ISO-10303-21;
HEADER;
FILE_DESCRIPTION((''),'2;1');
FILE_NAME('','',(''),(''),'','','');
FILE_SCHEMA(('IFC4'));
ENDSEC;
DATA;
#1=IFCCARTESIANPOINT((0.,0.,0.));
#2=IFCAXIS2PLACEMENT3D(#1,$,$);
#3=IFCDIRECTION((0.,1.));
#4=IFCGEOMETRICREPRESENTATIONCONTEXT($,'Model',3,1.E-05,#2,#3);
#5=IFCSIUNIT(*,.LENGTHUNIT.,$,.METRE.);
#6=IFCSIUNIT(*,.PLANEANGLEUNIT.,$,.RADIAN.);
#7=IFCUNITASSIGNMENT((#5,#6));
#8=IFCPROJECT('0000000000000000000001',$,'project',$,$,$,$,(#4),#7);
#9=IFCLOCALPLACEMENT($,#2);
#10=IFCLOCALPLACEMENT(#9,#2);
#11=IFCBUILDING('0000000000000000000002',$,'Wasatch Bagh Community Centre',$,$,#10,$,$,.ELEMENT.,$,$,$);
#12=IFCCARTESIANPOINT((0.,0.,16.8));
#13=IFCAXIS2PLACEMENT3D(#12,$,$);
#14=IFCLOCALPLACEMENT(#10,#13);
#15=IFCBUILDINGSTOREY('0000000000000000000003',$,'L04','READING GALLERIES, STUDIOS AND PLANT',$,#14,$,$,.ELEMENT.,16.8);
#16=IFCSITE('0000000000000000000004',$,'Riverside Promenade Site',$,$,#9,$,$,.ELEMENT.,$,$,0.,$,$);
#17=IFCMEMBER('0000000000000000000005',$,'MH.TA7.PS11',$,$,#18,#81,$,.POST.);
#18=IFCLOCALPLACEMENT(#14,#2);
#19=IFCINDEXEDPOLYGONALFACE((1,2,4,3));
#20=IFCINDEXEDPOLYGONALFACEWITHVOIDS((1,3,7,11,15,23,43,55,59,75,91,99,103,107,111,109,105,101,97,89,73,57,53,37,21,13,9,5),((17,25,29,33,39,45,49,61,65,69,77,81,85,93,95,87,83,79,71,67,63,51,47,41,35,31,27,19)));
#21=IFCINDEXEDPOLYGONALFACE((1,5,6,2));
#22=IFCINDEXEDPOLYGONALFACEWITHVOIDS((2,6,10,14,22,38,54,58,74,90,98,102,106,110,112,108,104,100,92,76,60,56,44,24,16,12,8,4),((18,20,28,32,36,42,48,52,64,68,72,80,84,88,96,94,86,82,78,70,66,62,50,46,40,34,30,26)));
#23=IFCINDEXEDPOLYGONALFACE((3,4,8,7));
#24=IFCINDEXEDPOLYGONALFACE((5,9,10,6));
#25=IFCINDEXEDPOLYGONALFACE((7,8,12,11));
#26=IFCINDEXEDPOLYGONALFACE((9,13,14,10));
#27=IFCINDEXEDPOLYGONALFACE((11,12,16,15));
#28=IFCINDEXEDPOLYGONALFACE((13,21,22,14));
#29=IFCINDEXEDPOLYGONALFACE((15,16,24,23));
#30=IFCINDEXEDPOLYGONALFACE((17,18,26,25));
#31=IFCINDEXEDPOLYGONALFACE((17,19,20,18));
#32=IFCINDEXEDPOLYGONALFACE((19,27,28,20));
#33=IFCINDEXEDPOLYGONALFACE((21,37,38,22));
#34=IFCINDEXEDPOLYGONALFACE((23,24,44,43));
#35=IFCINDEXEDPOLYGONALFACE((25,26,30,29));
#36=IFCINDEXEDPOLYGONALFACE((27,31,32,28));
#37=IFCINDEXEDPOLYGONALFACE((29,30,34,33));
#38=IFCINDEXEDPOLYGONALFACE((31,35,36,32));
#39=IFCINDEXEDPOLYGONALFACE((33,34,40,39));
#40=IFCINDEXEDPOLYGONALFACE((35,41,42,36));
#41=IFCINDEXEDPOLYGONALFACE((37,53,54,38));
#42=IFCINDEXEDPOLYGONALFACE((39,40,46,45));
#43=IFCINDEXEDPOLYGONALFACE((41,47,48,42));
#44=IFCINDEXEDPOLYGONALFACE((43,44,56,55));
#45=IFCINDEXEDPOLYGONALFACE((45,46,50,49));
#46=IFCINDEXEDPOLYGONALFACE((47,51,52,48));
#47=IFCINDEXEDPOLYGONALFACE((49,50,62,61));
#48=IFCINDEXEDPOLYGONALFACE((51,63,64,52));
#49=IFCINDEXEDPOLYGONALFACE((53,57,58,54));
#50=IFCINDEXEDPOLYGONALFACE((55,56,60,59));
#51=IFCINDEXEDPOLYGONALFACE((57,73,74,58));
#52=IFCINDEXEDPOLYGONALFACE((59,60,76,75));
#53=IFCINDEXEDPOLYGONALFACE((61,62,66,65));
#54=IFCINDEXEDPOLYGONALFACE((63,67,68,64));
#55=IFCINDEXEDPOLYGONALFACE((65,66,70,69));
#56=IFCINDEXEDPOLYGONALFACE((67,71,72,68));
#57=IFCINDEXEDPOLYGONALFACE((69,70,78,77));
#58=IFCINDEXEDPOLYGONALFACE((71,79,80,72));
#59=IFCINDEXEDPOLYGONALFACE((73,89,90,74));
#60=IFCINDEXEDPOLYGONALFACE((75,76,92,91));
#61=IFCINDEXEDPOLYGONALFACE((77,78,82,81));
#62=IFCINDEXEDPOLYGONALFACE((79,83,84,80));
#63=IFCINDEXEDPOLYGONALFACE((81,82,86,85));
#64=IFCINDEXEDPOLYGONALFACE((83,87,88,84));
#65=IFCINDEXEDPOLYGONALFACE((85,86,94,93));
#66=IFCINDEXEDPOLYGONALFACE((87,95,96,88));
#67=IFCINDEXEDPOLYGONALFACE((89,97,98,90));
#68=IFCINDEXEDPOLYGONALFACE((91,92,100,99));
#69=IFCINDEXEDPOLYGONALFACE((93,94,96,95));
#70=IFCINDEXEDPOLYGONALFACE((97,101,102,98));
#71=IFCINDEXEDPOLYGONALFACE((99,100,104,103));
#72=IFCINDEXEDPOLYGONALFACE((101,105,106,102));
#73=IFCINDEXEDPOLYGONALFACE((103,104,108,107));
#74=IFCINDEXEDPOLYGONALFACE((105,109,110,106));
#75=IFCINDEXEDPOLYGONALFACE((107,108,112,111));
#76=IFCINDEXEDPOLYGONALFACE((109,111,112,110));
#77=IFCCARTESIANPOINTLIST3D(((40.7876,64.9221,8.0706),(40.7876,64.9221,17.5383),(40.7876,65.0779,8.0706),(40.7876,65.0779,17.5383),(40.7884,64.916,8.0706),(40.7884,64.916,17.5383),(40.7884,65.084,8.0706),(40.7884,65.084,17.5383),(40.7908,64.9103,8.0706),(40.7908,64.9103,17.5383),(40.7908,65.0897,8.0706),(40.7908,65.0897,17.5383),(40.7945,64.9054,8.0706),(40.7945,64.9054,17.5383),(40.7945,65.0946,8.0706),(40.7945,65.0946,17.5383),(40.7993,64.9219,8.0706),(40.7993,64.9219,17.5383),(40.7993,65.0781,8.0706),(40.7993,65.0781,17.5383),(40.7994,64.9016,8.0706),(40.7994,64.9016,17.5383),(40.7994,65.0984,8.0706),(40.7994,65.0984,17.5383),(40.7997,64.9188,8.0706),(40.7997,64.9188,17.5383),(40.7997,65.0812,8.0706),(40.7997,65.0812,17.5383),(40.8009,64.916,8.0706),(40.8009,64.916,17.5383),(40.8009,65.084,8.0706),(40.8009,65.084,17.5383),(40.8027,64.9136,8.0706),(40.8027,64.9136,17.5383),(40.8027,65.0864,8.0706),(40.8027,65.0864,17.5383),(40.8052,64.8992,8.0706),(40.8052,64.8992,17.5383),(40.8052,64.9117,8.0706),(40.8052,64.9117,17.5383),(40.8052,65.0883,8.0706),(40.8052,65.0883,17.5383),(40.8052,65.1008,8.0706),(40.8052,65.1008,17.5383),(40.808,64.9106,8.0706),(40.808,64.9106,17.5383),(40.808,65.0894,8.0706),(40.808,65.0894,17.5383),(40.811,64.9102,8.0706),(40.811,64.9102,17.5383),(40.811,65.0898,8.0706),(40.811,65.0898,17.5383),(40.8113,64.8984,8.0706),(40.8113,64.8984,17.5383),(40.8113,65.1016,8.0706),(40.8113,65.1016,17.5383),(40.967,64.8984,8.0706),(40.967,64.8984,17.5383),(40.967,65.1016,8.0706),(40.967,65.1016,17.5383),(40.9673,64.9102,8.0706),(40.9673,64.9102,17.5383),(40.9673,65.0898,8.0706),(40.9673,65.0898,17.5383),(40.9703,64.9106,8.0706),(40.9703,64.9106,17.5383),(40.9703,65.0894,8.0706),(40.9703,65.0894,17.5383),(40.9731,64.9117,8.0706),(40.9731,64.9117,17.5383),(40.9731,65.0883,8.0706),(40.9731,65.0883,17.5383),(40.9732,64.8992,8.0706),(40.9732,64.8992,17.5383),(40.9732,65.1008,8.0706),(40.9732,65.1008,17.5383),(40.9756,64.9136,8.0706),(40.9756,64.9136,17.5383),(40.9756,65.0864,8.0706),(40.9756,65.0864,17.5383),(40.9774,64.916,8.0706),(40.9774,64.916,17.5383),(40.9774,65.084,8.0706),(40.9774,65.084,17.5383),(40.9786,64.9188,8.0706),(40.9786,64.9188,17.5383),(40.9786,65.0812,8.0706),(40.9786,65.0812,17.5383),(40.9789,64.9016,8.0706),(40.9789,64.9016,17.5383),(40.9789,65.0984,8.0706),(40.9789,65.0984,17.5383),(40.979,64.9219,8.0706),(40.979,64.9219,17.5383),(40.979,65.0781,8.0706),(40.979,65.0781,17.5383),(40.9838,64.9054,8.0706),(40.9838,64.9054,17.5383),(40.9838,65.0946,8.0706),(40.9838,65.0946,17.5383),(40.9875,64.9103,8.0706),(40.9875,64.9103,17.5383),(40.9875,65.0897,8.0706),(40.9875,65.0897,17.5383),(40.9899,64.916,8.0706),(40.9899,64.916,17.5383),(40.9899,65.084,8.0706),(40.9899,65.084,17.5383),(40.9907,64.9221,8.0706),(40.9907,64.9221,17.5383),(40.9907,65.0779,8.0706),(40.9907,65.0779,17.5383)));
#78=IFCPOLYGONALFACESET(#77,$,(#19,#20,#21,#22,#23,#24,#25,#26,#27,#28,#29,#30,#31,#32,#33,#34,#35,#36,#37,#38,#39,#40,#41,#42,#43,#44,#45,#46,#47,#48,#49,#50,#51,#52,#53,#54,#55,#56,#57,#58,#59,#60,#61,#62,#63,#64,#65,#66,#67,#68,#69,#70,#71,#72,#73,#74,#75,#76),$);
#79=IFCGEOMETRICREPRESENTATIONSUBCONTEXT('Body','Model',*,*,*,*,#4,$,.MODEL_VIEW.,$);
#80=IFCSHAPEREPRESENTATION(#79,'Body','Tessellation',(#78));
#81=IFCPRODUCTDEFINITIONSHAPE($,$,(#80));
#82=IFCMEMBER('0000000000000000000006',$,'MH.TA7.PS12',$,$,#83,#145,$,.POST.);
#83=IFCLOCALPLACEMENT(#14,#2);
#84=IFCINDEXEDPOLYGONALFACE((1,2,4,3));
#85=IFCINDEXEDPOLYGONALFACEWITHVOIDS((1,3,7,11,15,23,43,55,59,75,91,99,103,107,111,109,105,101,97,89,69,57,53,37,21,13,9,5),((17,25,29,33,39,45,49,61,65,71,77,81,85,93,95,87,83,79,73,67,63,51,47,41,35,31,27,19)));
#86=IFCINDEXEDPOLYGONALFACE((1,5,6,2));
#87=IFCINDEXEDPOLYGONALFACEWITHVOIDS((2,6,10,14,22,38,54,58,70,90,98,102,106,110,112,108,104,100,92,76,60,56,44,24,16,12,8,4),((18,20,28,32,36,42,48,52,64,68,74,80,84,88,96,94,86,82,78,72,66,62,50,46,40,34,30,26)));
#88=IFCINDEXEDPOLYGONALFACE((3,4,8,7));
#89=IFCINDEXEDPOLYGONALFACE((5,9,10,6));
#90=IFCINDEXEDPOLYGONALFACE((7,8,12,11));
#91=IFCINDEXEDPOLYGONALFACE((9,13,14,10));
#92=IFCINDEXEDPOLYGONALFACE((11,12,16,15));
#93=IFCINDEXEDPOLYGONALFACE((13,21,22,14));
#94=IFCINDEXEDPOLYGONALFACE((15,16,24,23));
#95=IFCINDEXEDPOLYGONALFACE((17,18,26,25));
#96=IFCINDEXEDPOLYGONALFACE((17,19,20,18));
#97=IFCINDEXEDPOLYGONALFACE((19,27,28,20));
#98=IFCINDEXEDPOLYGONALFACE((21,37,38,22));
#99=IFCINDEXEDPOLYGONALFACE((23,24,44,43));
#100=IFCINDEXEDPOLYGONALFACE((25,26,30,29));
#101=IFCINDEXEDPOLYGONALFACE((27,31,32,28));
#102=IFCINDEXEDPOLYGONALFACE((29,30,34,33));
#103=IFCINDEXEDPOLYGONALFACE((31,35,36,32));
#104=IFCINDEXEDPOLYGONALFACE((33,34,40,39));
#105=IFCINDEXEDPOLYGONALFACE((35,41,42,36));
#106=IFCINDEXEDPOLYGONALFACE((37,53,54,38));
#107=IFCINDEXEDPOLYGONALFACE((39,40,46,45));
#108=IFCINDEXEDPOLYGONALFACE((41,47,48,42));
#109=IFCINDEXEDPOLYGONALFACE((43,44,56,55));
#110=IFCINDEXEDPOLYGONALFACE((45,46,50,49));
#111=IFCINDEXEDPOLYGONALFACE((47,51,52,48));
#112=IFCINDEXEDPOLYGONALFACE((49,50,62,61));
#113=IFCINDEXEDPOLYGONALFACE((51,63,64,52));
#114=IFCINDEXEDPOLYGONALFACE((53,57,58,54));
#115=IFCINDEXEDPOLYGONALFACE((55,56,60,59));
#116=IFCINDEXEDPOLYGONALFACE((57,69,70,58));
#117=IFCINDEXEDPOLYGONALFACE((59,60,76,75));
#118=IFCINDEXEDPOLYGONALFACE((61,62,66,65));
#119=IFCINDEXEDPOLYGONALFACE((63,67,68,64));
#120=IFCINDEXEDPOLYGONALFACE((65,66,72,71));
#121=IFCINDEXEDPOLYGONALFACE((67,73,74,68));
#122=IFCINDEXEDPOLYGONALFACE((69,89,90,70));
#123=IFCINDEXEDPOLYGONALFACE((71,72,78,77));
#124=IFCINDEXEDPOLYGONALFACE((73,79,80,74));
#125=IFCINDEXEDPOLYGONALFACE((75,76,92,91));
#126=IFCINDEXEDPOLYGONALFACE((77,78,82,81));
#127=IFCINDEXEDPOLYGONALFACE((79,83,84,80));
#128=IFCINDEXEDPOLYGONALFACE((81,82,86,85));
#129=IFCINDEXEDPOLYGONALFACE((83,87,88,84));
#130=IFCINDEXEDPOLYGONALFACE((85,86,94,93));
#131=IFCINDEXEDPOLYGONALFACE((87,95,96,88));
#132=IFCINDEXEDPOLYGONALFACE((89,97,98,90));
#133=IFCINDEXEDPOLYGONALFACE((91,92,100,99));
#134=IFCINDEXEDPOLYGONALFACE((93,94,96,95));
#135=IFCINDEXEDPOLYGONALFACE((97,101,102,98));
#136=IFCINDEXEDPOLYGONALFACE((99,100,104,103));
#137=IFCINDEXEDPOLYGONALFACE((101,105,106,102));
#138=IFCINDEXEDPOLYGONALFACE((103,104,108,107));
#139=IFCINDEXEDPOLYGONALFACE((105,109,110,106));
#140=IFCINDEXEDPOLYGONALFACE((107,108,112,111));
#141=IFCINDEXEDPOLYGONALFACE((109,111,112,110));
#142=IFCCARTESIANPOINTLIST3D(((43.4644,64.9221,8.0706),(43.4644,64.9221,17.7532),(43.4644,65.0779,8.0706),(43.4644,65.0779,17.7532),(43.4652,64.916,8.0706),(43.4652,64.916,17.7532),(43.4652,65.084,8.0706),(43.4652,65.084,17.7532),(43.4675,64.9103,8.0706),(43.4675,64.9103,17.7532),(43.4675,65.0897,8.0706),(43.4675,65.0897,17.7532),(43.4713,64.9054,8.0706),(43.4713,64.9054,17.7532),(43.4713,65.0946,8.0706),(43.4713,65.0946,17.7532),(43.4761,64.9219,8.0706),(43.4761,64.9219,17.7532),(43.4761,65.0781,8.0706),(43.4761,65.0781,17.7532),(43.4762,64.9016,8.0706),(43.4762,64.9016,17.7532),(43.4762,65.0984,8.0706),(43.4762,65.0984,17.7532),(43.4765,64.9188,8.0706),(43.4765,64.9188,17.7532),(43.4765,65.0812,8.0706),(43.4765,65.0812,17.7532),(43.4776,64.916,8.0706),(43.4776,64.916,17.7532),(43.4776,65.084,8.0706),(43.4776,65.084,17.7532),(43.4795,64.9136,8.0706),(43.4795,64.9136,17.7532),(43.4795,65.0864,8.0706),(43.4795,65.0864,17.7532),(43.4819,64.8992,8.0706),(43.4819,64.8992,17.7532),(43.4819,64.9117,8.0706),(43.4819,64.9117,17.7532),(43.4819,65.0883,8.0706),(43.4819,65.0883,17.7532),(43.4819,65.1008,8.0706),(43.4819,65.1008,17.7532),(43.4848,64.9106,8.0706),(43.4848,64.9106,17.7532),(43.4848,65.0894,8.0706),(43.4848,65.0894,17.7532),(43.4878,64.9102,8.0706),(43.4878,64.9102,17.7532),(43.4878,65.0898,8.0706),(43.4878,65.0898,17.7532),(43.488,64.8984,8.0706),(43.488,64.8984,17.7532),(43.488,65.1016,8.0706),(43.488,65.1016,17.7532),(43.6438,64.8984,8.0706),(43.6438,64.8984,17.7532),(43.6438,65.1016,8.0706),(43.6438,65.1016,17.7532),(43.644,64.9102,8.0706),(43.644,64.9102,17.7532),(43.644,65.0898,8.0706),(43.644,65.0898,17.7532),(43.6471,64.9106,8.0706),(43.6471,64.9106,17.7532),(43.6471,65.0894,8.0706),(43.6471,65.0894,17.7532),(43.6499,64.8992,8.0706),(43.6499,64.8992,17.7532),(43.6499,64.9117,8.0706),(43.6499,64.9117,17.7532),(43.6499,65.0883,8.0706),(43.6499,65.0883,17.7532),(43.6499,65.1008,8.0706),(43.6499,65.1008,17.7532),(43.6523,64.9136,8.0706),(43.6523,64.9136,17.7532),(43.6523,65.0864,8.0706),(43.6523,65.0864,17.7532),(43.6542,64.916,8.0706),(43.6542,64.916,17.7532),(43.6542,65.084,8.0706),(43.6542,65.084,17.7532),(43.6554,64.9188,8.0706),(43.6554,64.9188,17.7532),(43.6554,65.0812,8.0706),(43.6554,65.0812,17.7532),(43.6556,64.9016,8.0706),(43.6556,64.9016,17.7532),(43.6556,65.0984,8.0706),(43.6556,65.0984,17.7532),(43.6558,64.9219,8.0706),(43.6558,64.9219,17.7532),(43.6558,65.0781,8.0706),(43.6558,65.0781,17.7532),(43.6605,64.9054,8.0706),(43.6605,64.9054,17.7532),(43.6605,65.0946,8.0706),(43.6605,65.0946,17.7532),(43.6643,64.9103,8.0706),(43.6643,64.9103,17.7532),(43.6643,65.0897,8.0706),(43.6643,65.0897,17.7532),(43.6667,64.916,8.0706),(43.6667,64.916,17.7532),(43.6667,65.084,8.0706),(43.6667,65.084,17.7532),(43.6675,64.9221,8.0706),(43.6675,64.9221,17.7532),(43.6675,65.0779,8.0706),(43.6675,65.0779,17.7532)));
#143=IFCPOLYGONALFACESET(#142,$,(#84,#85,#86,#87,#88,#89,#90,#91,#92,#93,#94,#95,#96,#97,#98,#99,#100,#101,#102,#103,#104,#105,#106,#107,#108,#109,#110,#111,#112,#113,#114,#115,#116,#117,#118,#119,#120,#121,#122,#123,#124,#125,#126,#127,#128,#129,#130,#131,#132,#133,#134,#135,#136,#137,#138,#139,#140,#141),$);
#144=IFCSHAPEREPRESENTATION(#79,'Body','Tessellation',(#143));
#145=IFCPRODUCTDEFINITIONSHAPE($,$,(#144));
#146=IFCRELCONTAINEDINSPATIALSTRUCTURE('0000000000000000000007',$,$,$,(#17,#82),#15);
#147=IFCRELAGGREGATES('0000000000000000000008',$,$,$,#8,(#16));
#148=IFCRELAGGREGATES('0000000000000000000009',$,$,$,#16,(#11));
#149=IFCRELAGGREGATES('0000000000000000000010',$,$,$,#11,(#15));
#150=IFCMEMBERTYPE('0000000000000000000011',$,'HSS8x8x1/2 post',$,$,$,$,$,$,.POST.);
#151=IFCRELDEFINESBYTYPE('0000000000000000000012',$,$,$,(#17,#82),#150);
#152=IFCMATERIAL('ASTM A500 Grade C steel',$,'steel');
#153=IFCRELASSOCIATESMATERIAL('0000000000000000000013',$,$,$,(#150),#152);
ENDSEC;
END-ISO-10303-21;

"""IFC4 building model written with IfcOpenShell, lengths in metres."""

from ifc_helpers import new_model, si_unit, direction, frame, origin, origin_2d, place, context, subcontext, project, spatial, hollow_rectangle, extrude, material, material_profile, profile_set, type_object, element, save


model = new_model("IFC4")

# Units and contexts
model_context = context("Model", 3, precision=1e-05, world=origin(), true_north=direction((0.0, 1.0)))
body_context = subcontext(model_context, "Body", "Model", "MODEL_VIEW")
ifc_project = project(units=[si_unit("LENGTHUNIT", "METRE"), si_unit("PLANEANGLEUNIT", "RADIAN")], contexts=[model_context])

# Site, building, storey
site_placement = place(None, origin())
site = spatial("IfcSite", under=ifc_project, at=site_placement, Name="Riverside Promenade Site", CompositionType="ELEMENT", RefElevation=0.0)
building_placement = place(site_placement, origin())
building = spatial("IfcBuilding", under=site, at=building_placement, Name="Wasatch Bagh Community Centre", CompositionType="ELEMENT")
storey_placement = place(building_placement, frame((0.0, 0.0, 16.8)))
storey = spatial("IfcBuildingStorey", under=building, at=storey_placement, Name="L04", Description="READING GALLERIES, STUDIOS AND PLANT", CompositionType="ELEMENT", Elevation=16.8)

# Members
ifc_material_1 = material(Name="ASTM A500 Grade C steel", Category="steel")
ifc_material_profile_1 = material_profile(ifc_material_1, hollow_rectangle(XDim=0.2031, YDim=0.2031, WallThickness=0.0117, InnerFilletRadius=0.0117, OuterFilletRadius=0.0237, at=origin_2d()), Name="HSS8x8x1/2")
ifc_profile_set_1 = profile_set([ifc_material_profile_1], Name="ASTM A500 Grade C steel")
member_type_1 = type_object("IfcMemberType", Name="HSS8x8x1/2 post", PredefinedType="POST", material=ifc_profile_set_1)
member_1_placement = place(storey_placement, frame((40.8892, 65.0, 8.0706), z_axis=(0.0, 0.0, 1.0), x_axis=(1.0, 0.0, 0.0)))
element("IfcMember", 1, at=member_1_placement, inside=storey, type_object=member_type_1, Name="MH.TA7.PS11", PredefinedType="POST", context=body_context, shape_type="SweptSolid", body=[
    extrude(hollow_rectangle(XDim=0.2031, YDim=0.2031, WallThickness=0.0117, InnerFilletRadius=0.0117, OuterFilletRadius=0.0237, at=origin_2d()), origin(), (0.0, 0.0, 1.0), 9.4678),
])
member_2_placement = place(storey_placement, frame((43.5659, 65.0, 8.0706), z_axis=(0.0, 0.0, 1.0), x_axis=(1.0, 0.0, 0.0)))
element("IfcMember", 2, at=member_2_placement, inside=storey, type_object=member_type_1, Name="MH.TA7.PS12", PredefinedType="POST", context=body_context, shape_type="SweptSolid", body=[
    extrude(hollow_rectangle(XDim=0.2031, YDim=0.2031, WallThickness=0.0117, InnerFilletRadius=0.0117, OuterFilletRadius=0.0237, at=origin_2d()), origin(), (0.0, 0.0, 1.0), 9.6826),
])

save(model, "model.ifc")
